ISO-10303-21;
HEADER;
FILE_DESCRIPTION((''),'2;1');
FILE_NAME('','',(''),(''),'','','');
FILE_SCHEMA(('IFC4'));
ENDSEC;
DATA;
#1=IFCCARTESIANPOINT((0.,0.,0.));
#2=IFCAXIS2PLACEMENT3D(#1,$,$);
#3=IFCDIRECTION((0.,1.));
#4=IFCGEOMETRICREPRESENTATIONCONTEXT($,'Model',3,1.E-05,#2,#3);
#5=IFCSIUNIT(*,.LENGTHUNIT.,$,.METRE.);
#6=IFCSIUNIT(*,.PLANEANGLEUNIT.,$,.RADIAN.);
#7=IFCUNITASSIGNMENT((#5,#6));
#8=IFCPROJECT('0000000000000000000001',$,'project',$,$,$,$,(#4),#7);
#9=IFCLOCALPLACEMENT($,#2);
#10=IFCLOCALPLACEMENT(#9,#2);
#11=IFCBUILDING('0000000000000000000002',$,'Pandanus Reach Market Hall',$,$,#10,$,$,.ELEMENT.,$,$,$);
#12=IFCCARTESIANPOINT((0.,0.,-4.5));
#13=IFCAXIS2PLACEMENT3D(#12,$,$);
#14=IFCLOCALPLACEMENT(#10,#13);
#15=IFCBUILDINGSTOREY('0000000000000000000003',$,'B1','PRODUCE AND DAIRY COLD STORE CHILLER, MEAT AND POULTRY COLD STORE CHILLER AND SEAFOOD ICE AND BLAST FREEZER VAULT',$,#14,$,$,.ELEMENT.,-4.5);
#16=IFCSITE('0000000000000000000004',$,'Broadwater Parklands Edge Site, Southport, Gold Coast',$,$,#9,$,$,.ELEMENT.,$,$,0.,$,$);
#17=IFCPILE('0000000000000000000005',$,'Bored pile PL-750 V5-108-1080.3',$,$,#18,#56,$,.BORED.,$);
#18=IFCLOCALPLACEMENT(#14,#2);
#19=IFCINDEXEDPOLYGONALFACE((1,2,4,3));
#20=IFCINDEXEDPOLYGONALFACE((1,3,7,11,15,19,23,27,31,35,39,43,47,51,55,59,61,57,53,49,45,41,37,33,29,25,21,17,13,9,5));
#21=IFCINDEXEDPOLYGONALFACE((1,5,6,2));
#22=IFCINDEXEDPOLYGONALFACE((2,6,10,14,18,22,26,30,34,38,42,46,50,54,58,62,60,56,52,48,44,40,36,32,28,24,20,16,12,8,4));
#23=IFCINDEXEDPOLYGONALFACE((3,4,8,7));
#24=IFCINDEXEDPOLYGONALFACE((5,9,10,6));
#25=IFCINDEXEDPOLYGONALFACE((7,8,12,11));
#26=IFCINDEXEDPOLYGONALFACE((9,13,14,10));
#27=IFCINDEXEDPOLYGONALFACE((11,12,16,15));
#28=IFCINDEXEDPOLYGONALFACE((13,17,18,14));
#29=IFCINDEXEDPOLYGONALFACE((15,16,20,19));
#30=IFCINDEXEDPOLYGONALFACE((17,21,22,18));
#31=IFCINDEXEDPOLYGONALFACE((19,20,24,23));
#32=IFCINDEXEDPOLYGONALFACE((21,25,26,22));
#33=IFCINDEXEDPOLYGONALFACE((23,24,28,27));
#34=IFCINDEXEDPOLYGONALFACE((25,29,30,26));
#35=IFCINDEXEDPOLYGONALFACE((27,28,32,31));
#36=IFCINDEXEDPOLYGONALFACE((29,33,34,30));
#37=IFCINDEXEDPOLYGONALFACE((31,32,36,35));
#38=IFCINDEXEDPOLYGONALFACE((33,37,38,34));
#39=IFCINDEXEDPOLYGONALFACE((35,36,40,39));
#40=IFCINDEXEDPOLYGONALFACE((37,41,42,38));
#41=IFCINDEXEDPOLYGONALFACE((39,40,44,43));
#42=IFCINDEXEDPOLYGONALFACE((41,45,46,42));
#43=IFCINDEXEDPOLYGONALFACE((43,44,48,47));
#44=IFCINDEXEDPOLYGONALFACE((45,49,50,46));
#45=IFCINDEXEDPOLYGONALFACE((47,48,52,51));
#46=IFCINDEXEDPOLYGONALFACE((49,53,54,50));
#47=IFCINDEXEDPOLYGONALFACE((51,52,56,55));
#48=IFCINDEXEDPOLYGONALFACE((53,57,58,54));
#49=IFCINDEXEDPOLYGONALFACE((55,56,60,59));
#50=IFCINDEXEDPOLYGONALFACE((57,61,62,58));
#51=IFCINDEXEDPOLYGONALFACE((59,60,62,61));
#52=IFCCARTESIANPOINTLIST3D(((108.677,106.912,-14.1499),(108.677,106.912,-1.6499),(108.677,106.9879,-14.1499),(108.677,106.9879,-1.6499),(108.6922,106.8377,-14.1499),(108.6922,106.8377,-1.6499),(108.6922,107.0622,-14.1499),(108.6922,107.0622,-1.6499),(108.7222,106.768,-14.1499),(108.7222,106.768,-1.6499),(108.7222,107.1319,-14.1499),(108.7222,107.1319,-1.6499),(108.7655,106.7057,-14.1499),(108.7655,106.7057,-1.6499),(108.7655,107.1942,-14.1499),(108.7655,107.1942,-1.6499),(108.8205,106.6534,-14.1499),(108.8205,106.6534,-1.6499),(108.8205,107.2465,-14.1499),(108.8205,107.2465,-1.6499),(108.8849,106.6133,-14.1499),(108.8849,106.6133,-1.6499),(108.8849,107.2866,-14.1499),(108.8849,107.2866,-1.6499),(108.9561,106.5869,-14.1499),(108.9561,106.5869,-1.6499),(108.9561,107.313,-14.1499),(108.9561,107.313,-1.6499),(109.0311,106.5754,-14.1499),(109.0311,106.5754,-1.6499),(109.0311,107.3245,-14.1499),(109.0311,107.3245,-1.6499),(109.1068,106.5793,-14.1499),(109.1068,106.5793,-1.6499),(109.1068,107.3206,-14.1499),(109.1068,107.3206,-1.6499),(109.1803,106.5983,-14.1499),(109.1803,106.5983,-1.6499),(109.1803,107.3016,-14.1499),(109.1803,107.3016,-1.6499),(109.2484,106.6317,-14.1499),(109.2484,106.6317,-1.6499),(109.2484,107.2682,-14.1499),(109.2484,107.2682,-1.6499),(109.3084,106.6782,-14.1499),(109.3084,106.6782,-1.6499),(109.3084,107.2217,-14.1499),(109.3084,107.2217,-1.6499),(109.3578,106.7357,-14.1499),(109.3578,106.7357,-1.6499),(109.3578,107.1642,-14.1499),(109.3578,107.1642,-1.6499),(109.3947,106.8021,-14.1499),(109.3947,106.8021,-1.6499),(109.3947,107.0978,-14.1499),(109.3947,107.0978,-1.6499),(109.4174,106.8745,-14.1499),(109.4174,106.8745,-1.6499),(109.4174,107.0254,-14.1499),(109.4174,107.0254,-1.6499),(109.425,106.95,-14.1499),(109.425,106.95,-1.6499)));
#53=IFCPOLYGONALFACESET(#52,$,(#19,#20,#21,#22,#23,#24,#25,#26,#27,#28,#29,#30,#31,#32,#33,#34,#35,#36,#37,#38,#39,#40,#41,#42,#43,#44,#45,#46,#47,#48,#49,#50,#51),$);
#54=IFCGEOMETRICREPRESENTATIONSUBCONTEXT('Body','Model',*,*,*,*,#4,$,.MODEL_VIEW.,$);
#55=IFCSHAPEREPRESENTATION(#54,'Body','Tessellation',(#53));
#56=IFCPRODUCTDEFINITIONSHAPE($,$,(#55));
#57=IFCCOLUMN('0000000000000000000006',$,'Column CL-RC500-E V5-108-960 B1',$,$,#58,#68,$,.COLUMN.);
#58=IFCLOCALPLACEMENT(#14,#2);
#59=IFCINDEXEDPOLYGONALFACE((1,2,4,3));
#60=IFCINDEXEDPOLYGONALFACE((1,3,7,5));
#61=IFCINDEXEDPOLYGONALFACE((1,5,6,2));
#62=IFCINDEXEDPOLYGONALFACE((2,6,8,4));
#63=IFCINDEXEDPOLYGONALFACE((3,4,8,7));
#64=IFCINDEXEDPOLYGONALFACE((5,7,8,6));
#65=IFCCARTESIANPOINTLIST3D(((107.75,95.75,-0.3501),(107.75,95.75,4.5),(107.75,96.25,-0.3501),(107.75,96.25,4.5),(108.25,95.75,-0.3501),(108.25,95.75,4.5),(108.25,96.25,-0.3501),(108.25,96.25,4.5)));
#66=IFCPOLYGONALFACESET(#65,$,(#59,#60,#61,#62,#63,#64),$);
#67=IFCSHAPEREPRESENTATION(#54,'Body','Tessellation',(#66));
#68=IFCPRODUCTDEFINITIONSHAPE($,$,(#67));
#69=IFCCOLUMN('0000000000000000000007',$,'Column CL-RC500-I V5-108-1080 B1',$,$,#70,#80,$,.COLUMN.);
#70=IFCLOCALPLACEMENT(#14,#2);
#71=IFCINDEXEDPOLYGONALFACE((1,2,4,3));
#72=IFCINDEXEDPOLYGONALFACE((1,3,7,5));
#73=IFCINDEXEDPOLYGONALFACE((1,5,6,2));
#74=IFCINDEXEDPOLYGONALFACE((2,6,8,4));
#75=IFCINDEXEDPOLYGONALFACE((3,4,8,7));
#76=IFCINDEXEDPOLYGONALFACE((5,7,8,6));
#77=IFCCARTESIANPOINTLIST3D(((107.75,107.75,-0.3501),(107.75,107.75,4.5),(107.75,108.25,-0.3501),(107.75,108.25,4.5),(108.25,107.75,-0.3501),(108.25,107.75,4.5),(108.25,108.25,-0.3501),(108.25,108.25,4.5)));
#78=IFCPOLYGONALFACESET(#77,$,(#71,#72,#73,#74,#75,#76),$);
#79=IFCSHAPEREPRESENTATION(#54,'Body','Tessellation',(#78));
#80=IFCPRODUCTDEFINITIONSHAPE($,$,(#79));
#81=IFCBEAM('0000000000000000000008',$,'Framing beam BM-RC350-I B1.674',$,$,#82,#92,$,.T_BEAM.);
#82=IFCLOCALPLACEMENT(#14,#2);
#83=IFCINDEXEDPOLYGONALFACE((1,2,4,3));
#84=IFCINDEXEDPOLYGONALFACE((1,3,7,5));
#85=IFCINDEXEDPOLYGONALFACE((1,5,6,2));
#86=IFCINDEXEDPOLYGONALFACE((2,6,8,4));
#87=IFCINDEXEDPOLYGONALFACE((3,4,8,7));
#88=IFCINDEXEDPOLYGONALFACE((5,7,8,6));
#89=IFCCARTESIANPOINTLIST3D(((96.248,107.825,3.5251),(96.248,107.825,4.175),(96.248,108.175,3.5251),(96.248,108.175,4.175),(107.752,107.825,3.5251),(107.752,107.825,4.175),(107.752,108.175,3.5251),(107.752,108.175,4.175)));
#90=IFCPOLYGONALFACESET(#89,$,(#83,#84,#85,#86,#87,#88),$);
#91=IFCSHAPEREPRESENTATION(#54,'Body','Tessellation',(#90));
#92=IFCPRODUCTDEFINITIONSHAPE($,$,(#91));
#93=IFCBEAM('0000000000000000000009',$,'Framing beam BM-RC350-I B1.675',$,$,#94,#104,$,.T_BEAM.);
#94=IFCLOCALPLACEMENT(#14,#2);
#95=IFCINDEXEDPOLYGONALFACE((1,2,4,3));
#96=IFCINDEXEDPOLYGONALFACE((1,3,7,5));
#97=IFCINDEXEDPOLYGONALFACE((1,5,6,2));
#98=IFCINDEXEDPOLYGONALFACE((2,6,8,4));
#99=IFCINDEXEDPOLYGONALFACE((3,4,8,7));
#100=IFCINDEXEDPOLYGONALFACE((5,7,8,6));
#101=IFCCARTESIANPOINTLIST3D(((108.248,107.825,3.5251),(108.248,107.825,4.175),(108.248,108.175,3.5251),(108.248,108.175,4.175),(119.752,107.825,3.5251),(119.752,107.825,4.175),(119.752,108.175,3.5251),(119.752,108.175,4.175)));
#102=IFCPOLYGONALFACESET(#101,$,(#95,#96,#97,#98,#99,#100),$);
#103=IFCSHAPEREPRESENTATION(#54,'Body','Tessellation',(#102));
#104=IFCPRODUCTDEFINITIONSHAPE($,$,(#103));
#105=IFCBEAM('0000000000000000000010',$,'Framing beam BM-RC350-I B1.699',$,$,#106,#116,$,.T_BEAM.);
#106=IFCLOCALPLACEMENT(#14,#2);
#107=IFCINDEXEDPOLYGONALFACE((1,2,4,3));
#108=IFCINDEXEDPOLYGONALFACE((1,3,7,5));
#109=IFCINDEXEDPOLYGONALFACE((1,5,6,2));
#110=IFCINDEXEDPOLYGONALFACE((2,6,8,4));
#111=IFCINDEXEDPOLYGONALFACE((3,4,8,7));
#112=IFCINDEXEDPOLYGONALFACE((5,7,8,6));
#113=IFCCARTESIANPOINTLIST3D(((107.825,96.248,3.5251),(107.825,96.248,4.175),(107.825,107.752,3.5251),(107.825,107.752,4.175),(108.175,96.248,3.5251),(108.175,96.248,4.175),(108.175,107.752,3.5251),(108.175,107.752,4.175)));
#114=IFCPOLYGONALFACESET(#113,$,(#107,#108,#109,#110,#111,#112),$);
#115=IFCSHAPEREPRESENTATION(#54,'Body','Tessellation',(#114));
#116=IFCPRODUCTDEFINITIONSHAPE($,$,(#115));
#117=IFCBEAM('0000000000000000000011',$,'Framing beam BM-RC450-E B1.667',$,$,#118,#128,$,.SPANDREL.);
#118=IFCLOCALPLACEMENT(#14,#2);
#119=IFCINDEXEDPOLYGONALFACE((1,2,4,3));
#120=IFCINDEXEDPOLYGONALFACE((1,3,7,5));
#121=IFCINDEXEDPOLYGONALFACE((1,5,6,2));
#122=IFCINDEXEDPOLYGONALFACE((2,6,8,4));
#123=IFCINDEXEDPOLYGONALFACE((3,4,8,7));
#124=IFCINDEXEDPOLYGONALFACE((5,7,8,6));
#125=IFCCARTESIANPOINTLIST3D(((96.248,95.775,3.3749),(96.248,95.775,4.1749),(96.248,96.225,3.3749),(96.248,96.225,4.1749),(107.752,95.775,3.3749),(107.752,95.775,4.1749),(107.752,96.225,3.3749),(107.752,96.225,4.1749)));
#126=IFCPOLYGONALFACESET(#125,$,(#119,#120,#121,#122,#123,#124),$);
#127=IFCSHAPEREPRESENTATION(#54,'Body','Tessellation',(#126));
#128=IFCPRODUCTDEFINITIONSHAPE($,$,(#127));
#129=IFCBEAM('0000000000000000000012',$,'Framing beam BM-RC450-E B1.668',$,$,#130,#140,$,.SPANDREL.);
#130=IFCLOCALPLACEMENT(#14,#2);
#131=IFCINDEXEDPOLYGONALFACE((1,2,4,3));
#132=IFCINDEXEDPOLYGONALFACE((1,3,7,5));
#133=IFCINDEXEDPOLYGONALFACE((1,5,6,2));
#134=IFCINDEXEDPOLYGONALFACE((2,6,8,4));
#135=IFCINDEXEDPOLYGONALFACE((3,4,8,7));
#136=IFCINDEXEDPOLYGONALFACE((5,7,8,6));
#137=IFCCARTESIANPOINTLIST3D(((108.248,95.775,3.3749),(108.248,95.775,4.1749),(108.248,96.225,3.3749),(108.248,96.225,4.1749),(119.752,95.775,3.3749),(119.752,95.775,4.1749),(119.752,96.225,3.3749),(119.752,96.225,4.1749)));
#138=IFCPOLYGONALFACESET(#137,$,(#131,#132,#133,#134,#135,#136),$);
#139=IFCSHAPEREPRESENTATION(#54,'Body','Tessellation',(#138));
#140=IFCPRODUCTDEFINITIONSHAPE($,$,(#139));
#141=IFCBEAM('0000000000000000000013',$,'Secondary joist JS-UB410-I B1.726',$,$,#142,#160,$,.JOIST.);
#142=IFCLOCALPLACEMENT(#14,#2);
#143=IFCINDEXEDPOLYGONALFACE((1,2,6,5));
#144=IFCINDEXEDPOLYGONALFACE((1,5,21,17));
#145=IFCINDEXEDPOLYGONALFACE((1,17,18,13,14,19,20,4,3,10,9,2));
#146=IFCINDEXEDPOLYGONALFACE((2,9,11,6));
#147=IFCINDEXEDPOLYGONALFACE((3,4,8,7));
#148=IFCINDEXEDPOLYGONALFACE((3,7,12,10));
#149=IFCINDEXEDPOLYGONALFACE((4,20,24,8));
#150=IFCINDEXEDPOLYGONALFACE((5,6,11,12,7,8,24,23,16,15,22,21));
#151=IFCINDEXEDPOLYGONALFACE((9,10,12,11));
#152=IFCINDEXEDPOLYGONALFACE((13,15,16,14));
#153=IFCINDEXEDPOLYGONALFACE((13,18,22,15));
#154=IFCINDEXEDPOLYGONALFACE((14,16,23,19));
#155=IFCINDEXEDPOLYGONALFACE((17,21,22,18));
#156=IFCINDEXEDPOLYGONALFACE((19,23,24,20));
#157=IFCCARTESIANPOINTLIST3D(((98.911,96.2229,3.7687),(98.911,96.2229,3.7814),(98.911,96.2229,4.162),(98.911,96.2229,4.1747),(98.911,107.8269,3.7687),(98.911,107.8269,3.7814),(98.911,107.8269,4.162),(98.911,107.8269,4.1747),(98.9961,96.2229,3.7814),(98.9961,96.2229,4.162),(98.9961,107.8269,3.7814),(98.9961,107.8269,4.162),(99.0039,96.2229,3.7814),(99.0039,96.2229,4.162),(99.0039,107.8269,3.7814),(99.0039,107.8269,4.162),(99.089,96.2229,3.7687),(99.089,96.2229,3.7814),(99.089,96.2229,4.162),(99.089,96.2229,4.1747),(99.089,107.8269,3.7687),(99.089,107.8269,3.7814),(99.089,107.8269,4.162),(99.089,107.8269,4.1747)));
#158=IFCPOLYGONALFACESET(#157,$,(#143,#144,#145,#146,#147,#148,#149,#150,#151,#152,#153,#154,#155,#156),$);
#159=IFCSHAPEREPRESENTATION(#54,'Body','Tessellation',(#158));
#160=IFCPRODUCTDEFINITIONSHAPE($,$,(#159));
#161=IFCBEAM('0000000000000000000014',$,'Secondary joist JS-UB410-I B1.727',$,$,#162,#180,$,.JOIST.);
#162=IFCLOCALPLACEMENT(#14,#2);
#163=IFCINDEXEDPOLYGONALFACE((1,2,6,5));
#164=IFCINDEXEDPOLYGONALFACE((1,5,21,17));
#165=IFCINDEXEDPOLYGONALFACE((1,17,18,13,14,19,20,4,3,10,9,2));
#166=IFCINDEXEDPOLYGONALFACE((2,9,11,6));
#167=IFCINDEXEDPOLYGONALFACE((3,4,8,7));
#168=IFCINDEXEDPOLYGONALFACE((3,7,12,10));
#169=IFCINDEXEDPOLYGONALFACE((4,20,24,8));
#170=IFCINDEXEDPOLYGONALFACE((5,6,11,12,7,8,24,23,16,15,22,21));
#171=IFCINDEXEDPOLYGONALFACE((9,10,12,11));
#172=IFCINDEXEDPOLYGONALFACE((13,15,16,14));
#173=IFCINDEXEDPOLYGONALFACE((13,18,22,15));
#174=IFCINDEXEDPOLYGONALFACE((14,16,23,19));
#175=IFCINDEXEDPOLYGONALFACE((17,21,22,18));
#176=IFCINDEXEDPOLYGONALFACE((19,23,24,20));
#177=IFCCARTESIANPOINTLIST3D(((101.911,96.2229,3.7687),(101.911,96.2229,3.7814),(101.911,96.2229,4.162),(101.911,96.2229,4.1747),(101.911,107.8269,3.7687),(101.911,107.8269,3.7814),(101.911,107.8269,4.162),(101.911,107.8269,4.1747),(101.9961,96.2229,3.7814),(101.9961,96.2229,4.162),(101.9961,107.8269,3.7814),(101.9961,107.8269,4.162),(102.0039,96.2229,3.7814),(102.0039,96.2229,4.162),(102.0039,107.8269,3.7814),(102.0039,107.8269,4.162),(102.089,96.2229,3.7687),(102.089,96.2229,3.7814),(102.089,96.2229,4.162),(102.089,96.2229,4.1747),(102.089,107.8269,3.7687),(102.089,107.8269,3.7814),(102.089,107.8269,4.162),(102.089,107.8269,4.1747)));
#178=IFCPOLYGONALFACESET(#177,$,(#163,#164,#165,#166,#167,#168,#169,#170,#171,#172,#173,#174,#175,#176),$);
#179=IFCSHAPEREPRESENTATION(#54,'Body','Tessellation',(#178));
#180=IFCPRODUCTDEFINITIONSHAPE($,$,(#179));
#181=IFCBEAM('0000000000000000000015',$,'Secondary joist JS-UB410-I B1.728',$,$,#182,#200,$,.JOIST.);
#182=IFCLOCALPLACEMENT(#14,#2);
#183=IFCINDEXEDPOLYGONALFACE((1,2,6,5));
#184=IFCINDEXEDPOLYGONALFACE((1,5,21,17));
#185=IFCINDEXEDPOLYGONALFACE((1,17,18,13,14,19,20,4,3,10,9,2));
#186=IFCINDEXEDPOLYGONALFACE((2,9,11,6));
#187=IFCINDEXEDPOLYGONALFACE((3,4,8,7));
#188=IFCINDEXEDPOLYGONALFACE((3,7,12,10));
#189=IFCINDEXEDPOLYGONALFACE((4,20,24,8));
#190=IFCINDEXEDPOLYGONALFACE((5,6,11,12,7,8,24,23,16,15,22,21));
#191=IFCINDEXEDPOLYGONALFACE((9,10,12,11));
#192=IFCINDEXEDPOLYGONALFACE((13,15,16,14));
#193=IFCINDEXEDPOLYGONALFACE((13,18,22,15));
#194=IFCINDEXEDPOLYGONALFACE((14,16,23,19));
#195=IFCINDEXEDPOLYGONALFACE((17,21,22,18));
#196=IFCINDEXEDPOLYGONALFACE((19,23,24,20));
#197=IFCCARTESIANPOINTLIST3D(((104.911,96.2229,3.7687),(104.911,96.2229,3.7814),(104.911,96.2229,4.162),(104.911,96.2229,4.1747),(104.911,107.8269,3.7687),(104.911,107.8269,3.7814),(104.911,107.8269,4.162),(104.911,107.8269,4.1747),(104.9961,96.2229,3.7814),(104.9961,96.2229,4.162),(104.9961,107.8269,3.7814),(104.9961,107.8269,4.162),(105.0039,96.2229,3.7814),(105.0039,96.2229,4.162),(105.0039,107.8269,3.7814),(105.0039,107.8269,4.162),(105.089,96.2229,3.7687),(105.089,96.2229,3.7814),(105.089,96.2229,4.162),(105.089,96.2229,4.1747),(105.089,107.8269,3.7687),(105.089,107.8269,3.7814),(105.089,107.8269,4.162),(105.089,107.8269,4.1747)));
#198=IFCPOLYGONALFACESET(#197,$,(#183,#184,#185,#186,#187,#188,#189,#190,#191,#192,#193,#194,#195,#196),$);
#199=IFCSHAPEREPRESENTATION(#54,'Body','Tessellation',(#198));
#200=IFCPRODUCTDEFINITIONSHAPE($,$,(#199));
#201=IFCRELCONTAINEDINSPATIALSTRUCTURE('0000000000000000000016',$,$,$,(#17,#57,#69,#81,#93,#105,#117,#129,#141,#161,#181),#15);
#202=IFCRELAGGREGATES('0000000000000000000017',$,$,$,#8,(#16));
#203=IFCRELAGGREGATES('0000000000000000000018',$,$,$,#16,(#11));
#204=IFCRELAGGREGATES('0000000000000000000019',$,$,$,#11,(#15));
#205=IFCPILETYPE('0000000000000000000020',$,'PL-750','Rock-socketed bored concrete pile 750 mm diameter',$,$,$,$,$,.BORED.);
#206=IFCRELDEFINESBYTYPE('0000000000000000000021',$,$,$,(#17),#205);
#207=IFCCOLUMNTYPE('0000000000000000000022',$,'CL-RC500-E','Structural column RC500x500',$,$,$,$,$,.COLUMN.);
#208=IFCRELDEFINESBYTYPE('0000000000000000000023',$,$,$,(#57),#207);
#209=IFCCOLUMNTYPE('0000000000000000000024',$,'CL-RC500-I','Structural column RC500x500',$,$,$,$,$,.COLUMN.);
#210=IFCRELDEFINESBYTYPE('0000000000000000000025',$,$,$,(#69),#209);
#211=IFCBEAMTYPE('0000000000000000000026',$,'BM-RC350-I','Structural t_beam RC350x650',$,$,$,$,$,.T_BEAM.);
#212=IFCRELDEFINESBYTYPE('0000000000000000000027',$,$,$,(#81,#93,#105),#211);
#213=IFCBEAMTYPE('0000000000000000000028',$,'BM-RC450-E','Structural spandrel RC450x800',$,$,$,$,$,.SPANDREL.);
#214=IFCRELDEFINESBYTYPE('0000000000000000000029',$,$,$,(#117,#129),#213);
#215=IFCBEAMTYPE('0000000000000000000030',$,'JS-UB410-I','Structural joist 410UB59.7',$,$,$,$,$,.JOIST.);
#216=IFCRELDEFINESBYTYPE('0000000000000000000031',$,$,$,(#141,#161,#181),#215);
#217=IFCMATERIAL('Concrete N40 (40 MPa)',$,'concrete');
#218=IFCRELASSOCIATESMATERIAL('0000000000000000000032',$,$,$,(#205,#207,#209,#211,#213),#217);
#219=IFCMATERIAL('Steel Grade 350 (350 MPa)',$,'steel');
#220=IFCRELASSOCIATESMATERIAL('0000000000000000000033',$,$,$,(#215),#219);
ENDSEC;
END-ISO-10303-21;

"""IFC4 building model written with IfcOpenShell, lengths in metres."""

from ifc_helpers import new_model, si_unit, direction, frame, origin, origin_2d, place, context, subcontext, project, spatial, rectangle, circle, i_section, extrude, material, material_profile, profile_set, type_object, element, save


model = new_model("IFC4")

# Units and contexts
model_context = context("Model", 3, precision=1e-05, world=origin(), true_north=direction((0.0, 1.0)))
body_context = subcontext(model_context, "Body", "Model", "MODEL_VIEW")
ifc_project = project(units=[si_unit("LENGTHUNIT", "METRE"), si_unit("PLANEANGLEUNIT", "RADIAN")], contexts=[model_context])

# Site, building, storey
site_placement = place(None, origin())
site = spatial("IfcSite", under=ifc_project, at=site_placement, Name="Broadwater Parklands Edge Site, Southport, Gold Coast", CompositionType="ELEMENT", RefElevation=0.0)
building_placement = place(site_placement, origin())
building = spatial("IfcBuilding", under=site, at=building_placement, Name="Pandanus Reach Market Hall", CompositionType="ELEMENT")
storey_placement = place(building_placement, frame((0.0, 0.0, -4.5)))
storey = spatial("IfcBuildingStorey", under=building, at=storey_placement, Name="B1", Description="PRODUCE AND DAIRY COLD STORE CHILLER, MEAT AND POULTRY COLD STORE CHILLER AND SEAFOOD ICE AND BLAST FREEZER VAULT", CompositionType="ELEMENT", Elevation=-4.5)

# Shared definitions
ifc_material_1 = material(Name="Concrete N40 (40 MPa)", Category="concrete")

# Pile
ifc_material_profile_1 = material_profile(ifc_material_1, circle(Radius=0.375, at=origin_2d()), Name="PILE-750D", Category="LoadBearing")
ifc_profile_set_1 = profile_set([ifc_material_profile_1], Name="Concrete N40 (40 MPa)")
pile_type = type_object("IfcPileType", Name="PL-750", Description="Rock-socketed bored concrete pile 750 mm diameter", PredefinedType="BORED", material=ifc_profile_set_1)
for number, where, z_axis, x_axis, name in (
    (1, (109.05, 106.95, -1.6499), (0.0, 0.0, -1.0), (1.0, 0.0, 0.0), "Bored pile PL-750 V5-108-1080.3"),
):
    element("IfcPile", number, at=place(storey_placement, frame(where, z_axis=z_axis, x_axis=x_axis)), inside=storey, type_object=pile_type, Name=name, PredefinedType="BORED", context=body_context, shape_type="SweptSolid", body=[
        extrude(circle(Radius=0.375, at=origin_2d()), origin(), (0.0, 0.0, 1.0), 12.5),
    ])

# Columns
ifc_material_profile_2 = material_profile(ifc_material_1, rectangle(XDim=0.5, YDim=0.5, at=origin_2d()), Name="RC500x500", Category="LoadBearing")
ifc_profile_set_2 = profile_set([ifc_material_profile_2], Name="Concrete N40 (40 MPa)")
column_type_1 = type_object("IfcColumnType", Name="CL-RC500-E", Description="Structural column RC500x500", PredefinedType="COLUMN", material=ifc_profile_set_2)
column_1_placement = place(storey_placement, frame((108.0, 96.0, -0.3501), z_axis=(0.0, 0.0, 1.0), x_axis=(1.0, 0.0, 0.0)))
element("IfcColumn", 2, at=column_1_placement, inside=storey, type_object=column_type_1, Name="Column CL-RC500-E V5-108-960 B1", PredefinedType="COLUMN", context=body_context, shape_type="SweptSolid", body=[
    extrude(rectangle(XDim=0.5, YDim=0.5, at=origin_2d()), origin(), (0.0, 0.0, 1.0), 4.8501),
])
ifc_material_profile_3 = material_profile(ifc_material_1, rectangle(XDim=0.5, YDim=0.5, at=origin_2d()), Name="RC500x500", Category="LoadBearing")
ifc_profile_set_3 = profile_set([ifc_material_profile_3], Name="Concrete N40 (40 MPa)")
column_type_2 = type_object("IfcColumnType", Name="CL-RC500-I", Description="Structural column RC500x500", PredefinedType="COLUMN", material=ifc_profile_set_3)
column_2_placement = place(storey_placement, frame((108.0, 108.0, -0.3501), z_axis=(0.0, 0.0, 1.0), x_axis=(1.0, 0.0, 0.0)))
element("IfcColumn", 3, at=column_2_placement, inside=storey, type_object=column_type_2, Name="Column CL-RC500-I V5-108-1080 B1", PredefinedType="COLUMN", context=body_context, shape_type="SweptSolid", body=[
    extrude(rectangle(XDim=0.5, YDim=0.5, at=origin_2d()), origin(), (0.0, 0.0, 1.0), 4.8501),
])

# Beams
ifc_material_profile_4 = material_profile(ifc_material_1, rectangle(XDim=0.3501, YDim=0.6499, at=origin_2d()), Name="RC350x650", Category="LoadBearing")
ifc_profile_set_4 = profile_set([ifc_material_profile_4], Name="Concrete N40 (40 MPa)")
beam_type_1 = type_object("IfcBeamType", Name="BM-RC350-I", Description="Structural t_beam RC350x650", PredefinedType="T_BEAM", material=ifc_profile_set_4)
for number, where, z_axis, x_axis, name in (
    (4, (96.248, 108.0, 3.8501), (1.0, 0.0, 0.0), (0.0, 1.0, 0.0), "Framing beam BM-RC350-I B1.674"),
    (5, (108.248, 108.0, 3.8501), (1.0, 0.0, 0.0), (0.0, 1.0, 0.0), "Framing beam BM-RC350-I B1.675"),
    (6, (108.0, 96.248, 3.8501), (0.0, 1.0, 0.0), (-1.0, 0.0, 0.0), "Framing beam BM-RC350-I B1.699"),
):
    element("IfcBeam", number, at=place(storey_placement, frame(where, z_axis=z_axis, x_axis=x_axis)), inside=storey, type_object=beam_type_1, Name=name, PredefinedType="T_BEAM", context=body_context, shape_type="SweptSolid", body=[
        extrude(rectangle(XDim=0.3501, YDim=0.6499, at=origin_2d()), origin(), (0.0, 0.0, 1.0), 11.5039),
    ])
ifc_material_profile_5 = material_profile(ifc_material_1, rectangle(XDim=0.45, YDim=0.8, at=origin_2d()), Name="RC450x800", Category="LoadBearing")
ifc_profile_set_5 = profile_set([ifc_material_profile_5], Name="Concrete N40 (40 MPa)")
beam_type_2 = type_object("IfcBeamType", Name="BM-RC450-E", Description="Structural spandrel RC450x800", PredefinedType="SPANDREL", material=ifc_profile_set_5)
for number, where, z_axis, x_axis, name in (
    (7, (96.248, 96.0, 3.7749), (1.0, 0.0, 0.0), (0.0, 1.0, 0.0), "Framing beam BM-RC450-E B1.667"),
    (8, (108.248, 96.0, 3.7749), (1.0, 0.0, 0.0), (0.0, 1.0, 0.0), "Framing beam BM-RC450-E B1.668"),
):
    element("IfcBeam", number, at=place(storey_placement, frame(where, z_axis=z_axis, x_axis=x_axis)), inside=storey, type_object=beam_type_2, Name=name, PredefinedType="SPANDREL", context=body_context, shape_type="SweptSolid", body=[
        extrude(rectangle(XDim=0.45, YDim=0.8, at=origin_2d()), origin(), (0.0, 0.0, 1.0), 11.5039),
    ])
ifc_material_2 = material(Name="Steel Grade 350 (350 MPa)", Category="steel")
ifc_material_profile_6 = material_profile(ifc_material_2, i_section(OverallWidth=0.178, OverallDepth=0.406, WebThickness=0.0078, FlangeThickness=0.0127, at=origin_2d()), Name="410UB59.7", Category="LoadBearing")
ifc_profile_set_6 = profile_set([ifc_material_profile_6], Name="Steel Grade 350 (350 MPa)")
beam_type_3 = type_object("IfcBeamType", Name="JS-UB410-I", Description="Structural joist 410UB59.7", PredefinedType="JOIST", material=ifc_profile_set_6)
for number, where, z_axis, x_axis, name in (
    (9, (99.0, 96.2229, 3.9717), (0.0, 1.0, 0.0), (-1.0, 0.0, 0.0), "Secondary joist JS-UB410-I B1.726"),
    (10, (102.0, 96.2229, 3.9717), (0.0, 1.0, 0.0), (-1.0, 0.0, 0.0), "Secondary joist JS-UB410-I B1.727"),
    (11, (105.0, 96.2229, 3.9717), (0.0, 1.0, 0.0), (-1.0, 0.0, 0.0), "Secondary joist JS-UB410-I B1.728"),
):
    element("IfcBeam", number, at=place(storey_placement, frame(where, z_axis=z_axis, x_axis=x_axis)), inside=storey, type_object=beam_type_3, Name=name, PredefinedType="JOIST", context=body_context, shape_type="SweptSolid", body=[
        extrude(i_section(OverallWidth=0.178, OverallDepth=0.406, WebThickness=0.0078, FlangeThickness=0.0127, at=origin_2d()), origin(), (0.0, 0.0, 1.0), 11.604),
    ])

save(model, "model.ifc")
